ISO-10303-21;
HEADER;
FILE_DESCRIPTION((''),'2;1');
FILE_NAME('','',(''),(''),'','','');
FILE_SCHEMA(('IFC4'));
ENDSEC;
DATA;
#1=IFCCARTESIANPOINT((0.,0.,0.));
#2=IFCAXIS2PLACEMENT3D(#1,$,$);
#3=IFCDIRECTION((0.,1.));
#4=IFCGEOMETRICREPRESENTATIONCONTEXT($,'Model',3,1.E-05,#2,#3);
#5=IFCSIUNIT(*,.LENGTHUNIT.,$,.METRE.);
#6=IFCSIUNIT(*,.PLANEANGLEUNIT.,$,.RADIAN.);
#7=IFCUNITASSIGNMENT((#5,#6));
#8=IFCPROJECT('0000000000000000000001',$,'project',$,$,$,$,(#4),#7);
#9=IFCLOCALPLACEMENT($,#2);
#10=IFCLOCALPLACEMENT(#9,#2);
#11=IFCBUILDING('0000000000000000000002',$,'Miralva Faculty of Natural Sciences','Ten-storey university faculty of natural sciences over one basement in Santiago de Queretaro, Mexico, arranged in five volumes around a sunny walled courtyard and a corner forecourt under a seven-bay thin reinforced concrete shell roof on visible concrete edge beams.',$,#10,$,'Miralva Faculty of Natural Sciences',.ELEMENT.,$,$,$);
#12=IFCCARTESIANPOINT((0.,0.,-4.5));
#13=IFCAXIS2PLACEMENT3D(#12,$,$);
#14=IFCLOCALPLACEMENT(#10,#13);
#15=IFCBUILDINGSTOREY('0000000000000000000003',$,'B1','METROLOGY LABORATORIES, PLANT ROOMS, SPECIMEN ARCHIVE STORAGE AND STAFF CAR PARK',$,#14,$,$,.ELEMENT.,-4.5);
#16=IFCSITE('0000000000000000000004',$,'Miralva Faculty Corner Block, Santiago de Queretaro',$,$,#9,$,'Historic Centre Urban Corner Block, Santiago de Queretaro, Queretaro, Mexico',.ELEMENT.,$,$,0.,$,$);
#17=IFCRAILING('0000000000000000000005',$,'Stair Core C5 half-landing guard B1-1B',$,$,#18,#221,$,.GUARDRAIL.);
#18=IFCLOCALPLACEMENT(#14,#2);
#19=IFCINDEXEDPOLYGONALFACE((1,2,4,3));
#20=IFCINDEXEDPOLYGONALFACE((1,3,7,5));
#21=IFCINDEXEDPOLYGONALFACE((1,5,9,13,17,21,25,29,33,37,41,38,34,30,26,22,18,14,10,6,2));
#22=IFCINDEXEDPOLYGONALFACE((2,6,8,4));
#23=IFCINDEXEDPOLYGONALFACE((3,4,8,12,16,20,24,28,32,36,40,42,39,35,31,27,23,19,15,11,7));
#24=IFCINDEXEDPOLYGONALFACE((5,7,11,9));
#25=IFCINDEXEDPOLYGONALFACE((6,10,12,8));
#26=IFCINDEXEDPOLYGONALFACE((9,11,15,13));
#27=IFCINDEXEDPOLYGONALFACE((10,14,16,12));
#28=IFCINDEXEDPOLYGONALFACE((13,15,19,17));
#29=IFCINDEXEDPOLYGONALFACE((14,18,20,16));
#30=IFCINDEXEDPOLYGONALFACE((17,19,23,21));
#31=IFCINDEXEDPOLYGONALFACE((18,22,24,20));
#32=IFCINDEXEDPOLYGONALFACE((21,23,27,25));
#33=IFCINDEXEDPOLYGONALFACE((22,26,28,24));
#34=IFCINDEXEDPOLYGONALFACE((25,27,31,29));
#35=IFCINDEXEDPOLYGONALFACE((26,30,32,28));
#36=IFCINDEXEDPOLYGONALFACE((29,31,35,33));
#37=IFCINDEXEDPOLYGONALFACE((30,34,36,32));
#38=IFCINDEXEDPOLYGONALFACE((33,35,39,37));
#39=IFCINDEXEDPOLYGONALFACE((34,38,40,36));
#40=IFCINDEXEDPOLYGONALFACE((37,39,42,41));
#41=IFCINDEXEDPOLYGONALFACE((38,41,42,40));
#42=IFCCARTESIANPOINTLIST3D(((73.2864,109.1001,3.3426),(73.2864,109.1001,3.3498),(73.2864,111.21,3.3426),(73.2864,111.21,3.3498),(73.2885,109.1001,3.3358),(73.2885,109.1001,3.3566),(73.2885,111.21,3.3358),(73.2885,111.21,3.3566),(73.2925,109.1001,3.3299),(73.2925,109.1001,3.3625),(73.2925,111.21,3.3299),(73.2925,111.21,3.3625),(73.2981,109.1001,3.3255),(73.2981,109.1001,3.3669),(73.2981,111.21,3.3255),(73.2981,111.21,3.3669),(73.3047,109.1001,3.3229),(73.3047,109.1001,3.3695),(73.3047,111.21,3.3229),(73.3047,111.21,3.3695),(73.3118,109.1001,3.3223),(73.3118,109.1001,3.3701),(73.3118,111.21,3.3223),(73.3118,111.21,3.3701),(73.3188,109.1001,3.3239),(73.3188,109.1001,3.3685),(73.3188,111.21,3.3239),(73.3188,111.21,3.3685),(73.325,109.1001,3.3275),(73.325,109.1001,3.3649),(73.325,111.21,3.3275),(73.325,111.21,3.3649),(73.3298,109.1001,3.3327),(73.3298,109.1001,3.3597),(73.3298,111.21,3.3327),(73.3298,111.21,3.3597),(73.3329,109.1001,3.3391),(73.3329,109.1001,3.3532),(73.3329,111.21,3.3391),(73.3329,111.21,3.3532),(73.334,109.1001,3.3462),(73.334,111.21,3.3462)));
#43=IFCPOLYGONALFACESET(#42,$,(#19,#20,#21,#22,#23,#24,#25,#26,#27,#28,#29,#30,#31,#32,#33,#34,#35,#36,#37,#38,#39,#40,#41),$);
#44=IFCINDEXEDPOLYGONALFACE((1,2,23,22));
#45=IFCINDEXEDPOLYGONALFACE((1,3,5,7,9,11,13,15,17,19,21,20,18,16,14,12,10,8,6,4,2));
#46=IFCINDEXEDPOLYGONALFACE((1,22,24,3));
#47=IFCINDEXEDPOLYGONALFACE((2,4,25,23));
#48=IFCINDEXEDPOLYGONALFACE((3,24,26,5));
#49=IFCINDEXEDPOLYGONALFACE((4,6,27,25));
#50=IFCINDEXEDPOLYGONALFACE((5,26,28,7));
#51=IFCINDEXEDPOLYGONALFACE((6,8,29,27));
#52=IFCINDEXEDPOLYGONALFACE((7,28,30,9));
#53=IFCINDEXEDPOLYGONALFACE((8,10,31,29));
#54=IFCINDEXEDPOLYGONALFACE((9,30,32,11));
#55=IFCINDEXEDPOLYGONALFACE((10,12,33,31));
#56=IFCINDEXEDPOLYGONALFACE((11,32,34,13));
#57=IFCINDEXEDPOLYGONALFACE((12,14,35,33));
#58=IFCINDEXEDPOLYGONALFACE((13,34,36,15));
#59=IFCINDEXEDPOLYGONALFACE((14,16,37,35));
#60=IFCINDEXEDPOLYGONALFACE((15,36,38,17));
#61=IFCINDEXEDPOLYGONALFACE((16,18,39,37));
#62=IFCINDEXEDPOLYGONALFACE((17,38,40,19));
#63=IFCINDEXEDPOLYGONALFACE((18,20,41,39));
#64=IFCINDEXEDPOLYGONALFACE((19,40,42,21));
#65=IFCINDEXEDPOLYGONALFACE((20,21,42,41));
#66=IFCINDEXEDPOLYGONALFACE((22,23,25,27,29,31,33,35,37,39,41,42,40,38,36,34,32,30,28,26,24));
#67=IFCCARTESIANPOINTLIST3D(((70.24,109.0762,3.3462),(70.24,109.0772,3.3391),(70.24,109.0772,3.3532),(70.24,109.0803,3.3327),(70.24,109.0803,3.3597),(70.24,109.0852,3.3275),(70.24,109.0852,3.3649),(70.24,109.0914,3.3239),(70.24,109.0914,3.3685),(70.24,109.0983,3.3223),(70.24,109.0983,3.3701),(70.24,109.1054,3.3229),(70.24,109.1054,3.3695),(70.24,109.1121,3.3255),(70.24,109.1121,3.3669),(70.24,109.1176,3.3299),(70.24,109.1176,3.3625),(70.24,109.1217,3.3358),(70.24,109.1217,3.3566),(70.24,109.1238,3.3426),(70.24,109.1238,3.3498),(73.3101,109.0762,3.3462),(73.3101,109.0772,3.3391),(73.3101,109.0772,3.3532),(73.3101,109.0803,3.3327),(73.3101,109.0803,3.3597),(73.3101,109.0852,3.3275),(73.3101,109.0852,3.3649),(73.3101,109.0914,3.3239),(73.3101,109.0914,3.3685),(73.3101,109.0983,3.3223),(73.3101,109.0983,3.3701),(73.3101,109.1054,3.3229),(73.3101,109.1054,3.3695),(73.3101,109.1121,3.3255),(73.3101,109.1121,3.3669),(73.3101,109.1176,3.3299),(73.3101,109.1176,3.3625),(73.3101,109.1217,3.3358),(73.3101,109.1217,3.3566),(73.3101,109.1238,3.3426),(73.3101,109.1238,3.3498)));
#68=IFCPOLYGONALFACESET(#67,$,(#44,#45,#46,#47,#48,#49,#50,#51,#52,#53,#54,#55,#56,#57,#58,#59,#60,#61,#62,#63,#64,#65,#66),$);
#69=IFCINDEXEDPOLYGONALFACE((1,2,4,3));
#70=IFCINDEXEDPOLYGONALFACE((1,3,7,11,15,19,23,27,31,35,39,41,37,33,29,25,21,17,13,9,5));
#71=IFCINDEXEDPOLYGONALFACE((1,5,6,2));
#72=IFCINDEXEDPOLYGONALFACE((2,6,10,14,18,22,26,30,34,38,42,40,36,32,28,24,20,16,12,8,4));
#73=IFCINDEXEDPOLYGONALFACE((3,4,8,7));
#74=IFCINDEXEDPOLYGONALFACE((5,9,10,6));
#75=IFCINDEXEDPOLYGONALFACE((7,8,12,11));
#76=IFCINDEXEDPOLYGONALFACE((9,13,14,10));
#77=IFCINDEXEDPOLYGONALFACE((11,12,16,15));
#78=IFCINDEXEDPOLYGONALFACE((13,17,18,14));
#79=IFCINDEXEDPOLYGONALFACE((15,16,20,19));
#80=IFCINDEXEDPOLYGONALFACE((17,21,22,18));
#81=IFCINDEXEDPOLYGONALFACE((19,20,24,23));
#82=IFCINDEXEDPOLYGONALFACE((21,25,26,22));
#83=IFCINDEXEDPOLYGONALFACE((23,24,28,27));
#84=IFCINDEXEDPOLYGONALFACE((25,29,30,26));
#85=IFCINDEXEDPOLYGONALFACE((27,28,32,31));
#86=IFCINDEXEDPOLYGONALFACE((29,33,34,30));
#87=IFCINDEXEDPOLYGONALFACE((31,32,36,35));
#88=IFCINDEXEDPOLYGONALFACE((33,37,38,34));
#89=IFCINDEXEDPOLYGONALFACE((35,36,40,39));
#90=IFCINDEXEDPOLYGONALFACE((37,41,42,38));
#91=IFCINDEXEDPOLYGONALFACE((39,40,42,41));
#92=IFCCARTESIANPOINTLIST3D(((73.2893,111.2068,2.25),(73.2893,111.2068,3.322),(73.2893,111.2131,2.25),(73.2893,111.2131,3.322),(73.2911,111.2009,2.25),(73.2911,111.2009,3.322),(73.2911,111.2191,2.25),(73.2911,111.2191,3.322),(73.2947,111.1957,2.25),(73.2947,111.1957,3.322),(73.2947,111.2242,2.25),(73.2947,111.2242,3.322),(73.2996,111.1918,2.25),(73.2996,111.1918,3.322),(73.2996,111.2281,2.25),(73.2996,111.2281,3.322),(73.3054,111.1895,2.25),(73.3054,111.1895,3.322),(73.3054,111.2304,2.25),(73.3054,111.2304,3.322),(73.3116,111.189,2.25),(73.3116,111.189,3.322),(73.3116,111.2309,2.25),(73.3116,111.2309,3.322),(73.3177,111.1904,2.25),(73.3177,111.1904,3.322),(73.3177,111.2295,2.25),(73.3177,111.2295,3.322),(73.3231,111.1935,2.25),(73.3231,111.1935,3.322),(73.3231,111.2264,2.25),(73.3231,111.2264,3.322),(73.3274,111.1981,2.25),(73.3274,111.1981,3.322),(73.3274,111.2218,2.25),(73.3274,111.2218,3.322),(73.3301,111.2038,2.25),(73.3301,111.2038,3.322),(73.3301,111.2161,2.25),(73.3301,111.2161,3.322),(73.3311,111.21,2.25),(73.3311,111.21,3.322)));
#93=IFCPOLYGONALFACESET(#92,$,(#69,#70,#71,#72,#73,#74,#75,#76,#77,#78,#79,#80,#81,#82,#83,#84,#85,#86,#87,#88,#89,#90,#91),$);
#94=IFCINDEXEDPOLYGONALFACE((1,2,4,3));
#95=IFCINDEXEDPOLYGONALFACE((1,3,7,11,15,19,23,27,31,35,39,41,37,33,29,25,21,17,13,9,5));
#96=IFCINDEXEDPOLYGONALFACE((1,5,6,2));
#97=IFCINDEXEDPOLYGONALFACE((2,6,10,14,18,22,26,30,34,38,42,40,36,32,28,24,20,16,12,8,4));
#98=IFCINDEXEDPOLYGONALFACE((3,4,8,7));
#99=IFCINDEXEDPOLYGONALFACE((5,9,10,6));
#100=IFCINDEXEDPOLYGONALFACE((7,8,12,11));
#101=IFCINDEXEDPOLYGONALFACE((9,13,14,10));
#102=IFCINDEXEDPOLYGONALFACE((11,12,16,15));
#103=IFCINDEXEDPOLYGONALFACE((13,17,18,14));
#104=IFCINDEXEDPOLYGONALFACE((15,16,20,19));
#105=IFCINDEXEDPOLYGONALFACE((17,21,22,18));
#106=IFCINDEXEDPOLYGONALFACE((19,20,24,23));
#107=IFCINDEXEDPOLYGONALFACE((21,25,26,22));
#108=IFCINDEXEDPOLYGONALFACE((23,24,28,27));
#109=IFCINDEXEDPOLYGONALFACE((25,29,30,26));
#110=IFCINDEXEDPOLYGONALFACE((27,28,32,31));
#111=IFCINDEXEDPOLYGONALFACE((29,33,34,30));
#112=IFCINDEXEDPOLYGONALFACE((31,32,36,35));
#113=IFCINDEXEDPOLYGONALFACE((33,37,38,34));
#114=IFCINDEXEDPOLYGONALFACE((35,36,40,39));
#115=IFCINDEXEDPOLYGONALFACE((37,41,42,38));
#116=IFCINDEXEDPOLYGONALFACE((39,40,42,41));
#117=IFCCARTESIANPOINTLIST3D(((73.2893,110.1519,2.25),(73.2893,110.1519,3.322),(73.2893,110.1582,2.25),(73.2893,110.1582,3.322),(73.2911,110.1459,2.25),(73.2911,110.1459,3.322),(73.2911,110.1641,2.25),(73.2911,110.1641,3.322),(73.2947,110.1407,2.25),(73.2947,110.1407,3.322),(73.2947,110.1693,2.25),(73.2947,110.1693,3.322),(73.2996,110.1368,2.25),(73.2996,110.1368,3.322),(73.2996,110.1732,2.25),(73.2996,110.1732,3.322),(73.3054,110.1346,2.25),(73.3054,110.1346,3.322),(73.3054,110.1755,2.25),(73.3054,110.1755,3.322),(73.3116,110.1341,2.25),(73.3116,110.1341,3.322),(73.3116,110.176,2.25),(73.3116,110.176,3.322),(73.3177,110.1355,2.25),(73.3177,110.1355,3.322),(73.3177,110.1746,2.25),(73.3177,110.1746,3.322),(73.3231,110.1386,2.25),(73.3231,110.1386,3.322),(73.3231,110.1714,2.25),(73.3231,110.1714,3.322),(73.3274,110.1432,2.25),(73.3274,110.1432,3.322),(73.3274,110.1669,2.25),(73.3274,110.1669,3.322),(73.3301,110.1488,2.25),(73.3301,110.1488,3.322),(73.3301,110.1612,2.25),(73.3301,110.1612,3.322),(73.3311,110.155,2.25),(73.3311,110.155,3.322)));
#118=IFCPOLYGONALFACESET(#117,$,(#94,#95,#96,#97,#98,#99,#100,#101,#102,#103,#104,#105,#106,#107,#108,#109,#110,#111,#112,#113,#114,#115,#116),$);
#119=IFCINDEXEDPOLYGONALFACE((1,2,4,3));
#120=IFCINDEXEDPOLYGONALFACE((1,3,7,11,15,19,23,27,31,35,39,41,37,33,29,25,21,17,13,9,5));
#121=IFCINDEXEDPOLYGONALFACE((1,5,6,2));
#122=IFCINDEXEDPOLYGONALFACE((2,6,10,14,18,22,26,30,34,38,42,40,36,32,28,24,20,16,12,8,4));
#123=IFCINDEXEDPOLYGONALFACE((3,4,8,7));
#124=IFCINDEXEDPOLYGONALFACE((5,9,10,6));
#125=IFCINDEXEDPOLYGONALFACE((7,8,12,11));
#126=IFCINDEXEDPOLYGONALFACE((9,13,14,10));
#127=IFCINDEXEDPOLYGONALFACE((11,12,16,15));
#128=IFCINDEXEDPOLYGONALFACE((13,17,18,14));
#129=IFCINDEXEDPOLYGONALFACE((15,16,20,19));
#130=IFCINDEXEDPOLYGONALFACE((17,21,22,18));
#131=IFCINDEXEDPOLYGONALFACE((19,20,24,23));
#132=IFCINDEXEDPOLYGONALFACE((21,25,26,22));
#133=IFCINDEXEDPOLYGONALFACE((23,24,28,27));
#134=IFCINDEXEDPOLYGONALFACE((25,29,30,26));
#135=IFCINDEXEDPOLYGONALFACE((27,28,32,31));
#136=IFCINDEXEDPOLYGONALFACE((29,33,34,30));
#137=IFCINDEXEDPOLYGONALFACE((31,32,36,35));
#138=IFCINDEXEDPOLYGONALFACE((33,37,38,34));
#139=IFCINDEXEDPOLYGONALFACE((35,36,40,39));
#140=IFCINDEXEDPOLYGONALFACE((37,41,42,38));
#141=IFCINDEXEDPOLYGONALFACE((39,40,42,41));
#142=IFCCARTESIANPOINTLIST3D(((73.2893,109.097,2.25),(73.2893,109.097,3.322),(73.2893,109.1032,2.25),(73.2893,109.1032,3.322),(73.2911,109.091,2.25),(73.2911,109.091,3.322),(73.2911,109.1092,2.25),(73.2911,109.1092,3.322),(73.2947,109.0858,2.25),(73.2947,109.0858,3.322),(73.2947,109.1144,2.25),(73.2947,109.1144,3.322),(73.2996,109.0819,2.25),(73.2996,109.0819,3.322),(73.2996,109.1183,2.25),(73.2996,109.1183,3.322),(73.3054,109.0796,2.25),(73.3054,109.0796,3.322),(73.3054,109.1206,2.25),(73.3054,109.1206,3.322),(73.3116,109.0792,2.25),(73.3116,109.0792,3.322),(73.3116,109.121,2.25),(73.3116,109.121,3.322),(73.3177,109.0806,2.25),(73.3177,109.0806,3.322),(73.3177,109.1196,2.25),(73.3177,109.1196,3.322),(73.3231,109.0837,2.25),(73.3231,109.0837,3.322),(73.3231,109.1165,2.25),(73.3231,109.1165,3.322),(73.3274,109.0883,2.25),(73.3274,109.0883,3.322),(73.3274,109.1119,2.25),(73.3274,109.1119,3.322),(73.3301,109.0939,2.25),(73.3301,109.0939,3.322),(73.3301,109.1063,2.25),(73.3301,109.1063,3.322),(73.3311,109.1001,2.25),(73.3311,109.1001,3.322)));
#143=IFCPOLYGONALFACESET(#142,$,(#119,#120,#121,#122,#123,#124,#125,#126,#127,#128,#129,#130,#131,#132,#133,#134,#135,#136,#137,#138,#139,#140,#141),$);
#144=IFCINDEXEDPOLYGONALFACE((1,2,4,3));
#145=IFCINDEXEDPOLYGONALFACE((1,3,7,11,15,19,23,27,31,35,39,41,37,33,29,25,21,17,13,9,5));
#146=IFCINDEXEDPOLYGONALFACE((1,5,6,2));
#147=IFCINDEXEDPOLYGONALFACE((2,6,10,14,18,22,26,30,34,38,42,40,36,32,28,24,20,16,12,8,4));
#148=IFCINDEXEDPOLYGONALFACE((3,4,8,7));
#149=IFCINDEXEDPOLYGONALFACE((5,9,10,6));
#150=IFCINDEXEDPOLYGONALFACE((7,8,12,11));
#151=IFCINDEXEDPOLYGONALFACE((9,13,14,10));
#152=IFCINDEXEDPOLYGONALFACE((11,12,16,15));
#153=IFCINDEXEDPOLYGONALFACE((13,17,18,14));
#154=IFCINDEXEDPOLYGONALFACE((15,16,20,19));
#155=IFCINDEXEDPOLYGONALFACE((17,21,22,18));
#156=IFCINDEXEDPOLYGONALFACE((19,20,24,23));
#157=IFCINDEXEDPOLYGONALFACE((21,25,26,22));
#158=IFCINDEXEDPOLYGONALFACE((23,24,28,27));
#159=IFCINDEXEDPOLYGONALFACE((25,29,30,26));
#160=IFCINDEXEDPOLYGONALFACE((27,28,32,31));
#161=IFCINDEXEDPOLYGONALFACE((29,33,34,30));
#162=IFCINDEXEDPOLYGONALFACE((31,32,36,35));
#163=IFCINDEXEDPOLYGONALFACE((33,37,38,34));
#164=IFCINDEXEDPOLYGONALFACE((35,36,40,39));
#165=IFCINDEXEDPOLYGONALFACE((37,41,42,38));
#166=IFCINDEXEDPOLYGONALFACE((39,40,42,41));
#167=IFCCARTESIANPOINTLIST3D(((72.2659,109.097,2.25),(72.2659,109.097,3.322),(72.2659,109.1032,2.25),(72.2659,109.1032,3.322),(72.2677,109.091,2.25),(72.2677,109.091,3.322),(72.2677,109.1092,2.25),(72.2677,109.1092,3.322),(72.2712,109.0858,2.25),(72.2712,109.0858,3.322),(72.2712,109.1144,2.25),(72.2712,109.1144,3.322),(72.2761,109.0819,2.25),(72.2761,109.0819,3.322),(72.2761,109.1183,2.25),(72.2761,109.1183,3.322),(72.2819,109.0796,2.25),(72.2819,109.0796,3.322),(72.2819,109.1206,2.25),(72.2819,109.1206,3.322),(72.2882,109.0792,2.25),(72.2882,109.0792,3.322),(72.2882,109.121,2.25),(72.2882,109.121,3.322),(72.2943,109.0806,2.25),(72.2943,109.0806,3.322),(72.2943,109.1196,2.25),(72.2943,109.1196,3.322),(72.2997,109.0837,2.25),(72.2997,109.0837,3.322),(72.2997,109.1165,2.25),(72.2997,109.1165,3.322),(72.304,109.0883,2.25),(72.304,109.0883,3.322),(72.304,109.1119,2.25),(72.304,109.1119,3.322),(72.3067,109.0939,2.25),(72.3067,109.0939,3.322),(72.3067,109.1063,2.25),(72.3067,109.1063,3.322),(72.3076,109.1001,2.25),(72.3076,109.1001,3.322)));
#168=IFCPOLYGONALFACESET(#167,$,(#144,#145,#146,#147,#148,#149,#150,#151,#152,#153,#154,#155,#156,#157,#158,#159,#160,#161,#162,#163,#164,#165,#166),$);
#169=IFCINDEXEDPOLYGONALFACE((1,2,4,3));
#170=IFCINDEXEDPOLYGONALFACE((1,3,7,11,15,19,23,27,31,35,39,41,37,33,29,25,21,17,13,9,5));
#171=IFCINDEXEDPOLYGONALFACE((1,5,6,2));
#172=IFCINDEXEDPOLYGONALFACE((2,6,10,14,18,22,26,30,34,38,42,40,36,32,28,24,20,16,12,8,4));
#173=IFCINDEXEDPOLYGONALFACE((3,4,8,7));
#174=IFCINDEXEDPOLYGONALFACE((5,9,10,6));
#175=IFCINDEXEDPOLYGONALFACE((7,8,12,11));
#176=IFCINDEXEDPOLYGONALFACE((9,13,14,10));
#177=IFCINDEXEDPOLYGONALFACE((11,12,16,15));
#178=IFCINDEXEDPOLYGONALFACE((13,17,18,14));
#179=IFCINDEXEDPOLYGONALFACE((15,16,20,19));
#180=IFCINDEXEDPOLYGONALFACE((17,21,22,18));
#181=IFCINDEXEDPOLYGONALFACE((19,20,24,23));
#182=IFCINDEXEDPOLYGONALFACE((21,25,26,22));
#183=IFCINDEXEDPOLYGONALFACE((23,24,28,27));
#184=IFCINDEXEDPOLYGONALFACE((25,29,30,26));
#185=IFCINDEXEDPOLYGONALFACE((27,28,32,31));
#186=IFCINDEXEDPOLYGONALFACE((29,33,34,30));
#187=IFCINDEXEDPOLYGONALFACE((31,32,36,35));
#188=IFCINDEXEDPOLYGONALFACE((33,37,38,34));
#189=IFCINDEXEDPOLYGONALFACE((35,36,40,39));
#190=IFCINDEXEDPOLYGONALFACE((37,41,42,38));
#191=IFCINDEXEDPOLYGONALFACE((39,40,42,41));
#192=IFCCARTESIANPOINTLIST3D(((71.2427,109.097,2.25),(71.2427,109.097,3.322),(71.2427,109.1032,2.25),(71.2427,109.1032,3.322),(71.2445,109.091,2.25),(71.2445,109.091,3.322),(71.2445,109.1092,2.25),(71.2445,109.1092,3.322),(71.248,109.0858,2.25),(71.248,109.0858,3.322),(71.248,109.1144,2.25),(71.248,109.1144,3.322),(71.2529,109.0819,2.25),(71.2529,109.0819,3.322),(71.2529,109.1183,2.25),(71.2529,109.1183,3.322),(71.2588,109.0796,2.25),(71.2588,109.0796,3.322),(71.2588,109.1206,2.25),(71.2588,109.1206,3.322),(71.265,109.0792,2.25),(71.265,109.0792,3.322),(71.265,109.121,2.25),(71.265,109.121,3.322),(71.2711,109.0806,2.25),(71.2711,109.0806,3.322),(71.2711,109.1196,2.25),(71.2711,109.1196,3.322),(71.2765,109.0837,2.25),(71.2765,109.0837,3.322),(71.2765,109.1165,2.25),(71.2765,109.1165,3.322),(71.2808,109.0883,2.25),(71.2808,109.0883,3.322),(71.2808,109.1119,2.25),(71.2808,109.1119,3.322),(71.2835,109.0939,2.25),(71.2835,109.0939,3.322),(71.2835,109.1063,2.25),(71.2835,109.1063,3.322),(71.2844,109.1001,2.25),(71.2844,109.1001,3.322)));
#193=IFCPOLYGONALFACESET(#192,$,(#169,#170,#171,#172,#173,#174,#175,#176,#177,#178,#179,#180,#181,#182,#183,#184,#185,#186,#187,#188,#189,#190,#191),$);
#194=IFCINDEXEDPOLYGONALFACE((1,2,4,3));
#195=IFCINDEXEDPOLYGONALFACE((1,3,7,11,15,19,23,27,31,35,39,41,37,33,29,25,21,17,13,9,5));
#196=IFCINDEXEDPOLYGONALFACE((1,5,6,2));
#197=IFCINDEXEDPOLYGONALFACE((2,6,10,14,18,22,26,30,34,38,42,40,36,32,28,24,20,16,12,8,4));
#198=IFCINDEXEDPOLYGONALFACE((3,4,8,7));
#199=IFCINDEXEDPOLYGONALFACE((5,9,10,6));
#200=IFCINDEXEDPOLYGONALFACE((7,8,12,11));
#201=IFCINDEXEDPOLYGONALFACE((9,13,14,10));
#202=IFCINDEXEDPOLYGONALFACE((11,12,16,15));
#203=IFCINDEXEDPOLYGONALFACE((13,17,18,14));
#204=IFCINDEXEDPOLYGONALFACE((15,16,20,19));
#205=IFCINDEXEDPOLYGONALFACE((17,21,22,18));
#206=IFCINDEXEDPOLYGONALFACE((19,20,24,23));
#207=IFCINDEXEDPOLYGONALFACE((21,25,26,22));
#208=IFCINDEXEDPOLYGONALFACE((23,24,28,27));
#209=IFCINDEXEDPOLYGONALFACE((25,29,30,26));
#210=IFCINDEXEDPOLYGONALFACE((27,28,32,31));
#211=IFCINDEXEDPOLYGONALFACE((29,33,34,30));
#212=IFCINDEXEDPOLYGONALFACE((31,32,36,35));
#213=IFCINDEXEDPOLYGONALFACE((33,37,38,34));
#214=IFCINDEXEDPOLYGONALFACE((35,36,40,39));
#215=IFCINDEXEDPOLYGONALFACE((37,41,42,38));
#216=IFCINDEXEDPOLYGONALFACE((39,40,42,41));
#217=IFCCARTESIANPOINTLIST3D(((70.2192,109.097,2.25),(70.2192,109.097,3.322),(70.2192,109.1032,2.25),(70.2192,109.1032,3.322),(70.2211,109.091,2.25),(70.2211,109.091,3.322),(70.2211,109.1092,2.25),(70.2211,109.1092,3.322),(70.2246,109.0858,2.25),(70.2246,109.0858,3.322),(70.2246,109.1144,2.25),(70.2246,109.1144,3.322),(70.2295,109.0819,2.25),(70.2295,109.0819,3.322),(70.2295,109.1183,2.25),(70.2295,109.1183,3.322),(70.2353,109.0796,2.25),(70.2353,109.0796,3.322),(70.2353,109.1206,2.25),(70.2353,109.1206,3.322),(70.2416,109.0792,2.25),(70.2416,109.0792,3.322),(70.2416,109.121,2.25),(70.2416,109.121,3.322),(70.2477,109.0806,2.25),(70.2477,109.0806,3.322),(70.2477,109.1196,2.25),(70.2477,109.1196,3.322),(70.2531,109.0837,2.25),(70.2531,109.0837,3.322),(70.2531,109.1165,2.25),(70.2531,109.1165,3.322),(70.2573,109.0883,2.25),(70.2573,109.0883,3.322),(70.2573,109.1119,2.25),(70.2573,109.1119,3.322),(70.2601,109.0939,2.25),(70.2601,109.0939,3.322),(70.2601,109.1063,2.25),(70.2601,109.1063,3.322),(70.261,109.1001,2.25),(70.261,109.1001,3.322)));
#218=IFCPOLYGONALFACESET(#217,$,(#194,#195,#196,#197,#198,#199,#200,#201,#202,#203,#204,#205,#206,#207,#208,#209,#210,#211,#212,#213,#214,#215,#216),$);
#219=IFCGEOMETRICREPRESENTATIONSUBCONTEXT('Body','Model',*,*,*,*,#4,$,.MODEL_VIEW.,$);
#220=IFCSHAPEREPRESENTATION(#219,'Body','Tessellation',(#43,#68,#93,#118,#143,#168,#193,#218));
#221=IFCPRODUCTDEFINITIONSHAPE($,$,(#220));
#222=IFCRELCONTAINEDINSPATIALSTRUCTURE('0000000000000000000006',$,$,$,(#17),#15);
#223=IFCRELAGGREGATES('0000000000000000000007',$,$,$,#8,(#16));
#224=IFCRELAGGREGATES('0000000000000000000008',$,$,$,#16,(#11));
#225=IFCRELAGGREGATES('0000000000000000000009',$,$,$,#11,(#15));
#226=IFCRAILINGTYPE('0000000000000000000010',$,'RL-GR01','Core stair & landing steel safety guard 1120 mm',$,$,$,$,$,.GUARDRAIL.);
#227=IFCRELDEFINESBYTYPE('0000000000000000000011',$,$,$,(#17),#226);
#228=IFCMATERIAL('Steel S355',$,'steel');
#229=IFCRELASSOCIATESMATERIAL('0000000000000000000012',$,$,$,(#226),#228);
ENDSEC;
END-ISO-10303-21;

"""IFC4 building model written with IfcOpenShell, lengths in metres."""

from ifc_helpers import new_model, si_unit, direction, frame, origin, origin_2d, place, context, subcontext, project, spatial, circle, extrude, material, type_object, element, save


model = new_model("IFC4")

# Units and contexts
model_context = context("Model", 3, precision=1e-05, world=origin(), true_north=direction((0.0, 1.0)))
body_context = subcontext(model_context, "Body", "Model", "MODEL_VIEW")
ifc_project = project(units=[si_unit("LENGTHUNIT", "METRE"), si_unit("PLANEANGLEUNIT", "RADIAN")], contexts=[model_context])

# Site, building, storey
site_placement = place(None, origin())
site = spatial("IfcSite", under=ifc_project, at=site_placement, Name="Miralva Faculty Corner Block, Santiago de Queretaro", LongName="Historic Centre Urban Corner Block, Santiago de Queretaro, Queretaro, Mexico", CompositionType="ELEMENT", RefElevation=0.0)
building_placement = place(site_placement, origin())
building = spatial("IfcBuilding", under=site, at=building_placement, Name="Miralva Faculty of Natural Sciences", Description="Ten-storey university faculty of natural sciences over one basement in Santiago de Queretaro, Mexico, arranged in five volumes around a sunny walled courtyard and a corner forecourt under a seven-bay thin reinforced concrete shell roof on visible concrete edge beams.", LongName="Miralva Faculty of Natural Sciences", CompositionType="ELEMENT")
storey_placement = place(building_placement, frame((0.0, 0.0, -4.5)))
storey = spatial("IfcBuildingStorey", under=building, at=storey_placement, Name="B1", Description="METROLOGY LABORATORIES, PLANT ROOMS, SPECIMEN ARCHIVE STORAGE AND STAFF CAR PARK", CompositionType="ELEMENT", Elevation=-4.5)

# Railing
ifc_material_1 = material(Name="Steel S355", Category="steel")
railing_type = type_object("IfcRailingType", Name="RL-GR01", Description="Core stair & landing steel safety guard 1120 mm", PredefinedType="GUARDRAIL", material=ifc_material_1)
railing_placement = place(storey_placement, frame((73.3101, 111.21, 2.25)))
element("IfcRailing", 1, at=railing_placement, inside=storey, type_object=railing_type, Name="Stair Core C5 half-landing guard B1-1B", PredefinedType="GUARDRAIL", context=body_context, shape_type="SweptSolid", body=[
    extrude(circle(Radius=0.0239, at=origin_2d()), frame((0.0, 0.0, 1.0962), z_axis=(0.0, -1.0, 0.0), x_axis=(1.0, 0.0, 0.0)), (0.0, 0.0, 1.0), 2.1099),
    extrude(circle(Radius=0.0239, at=origin_2d()), frame((0.0, -2.1099, 1.0962), z_axis=(-1.0, 0.0, 0.0), x_axis=(0.0, -1.0, 0.0)), (0.0, 0.0, 1.0), 3.0701),
    extrude(circle(Radius=0.021, at=origin_2d()), origin(), (0.0, 0.0, 1.0), 1.072),
    extrude(circle(Radius=0.021, at=origin_2d()), frame((0.0, -1.0549, 0.0)), (0.0, 0.0, 1.0), 1.072),
    extrude(circle(Radius=0.021, at=origin_2d()), frame((0.0, -2.1099, 0.0)), (0.0, 0.0, 1.0), 1.072),
    extrude(circle(Radius=0.021, at=origin_2d()), frame((-1.0234, -2.1099, 0.0)), (0.0, 0.0, 1.0), 1.072),
    extrude(circle(Radius=0.021, at=origin_2d()), frame((-2.0466, -2.1099, 0.0)), (0.0, 0.0, 1.0), 1.072),
    extrude(circle(Radius=0.021, at=origin_2d()), frame((-3.0701, -2.1099, 0.0)), (0.0, 0.0, 1.0), 1.072),
])

save(model, "model.ifc")
